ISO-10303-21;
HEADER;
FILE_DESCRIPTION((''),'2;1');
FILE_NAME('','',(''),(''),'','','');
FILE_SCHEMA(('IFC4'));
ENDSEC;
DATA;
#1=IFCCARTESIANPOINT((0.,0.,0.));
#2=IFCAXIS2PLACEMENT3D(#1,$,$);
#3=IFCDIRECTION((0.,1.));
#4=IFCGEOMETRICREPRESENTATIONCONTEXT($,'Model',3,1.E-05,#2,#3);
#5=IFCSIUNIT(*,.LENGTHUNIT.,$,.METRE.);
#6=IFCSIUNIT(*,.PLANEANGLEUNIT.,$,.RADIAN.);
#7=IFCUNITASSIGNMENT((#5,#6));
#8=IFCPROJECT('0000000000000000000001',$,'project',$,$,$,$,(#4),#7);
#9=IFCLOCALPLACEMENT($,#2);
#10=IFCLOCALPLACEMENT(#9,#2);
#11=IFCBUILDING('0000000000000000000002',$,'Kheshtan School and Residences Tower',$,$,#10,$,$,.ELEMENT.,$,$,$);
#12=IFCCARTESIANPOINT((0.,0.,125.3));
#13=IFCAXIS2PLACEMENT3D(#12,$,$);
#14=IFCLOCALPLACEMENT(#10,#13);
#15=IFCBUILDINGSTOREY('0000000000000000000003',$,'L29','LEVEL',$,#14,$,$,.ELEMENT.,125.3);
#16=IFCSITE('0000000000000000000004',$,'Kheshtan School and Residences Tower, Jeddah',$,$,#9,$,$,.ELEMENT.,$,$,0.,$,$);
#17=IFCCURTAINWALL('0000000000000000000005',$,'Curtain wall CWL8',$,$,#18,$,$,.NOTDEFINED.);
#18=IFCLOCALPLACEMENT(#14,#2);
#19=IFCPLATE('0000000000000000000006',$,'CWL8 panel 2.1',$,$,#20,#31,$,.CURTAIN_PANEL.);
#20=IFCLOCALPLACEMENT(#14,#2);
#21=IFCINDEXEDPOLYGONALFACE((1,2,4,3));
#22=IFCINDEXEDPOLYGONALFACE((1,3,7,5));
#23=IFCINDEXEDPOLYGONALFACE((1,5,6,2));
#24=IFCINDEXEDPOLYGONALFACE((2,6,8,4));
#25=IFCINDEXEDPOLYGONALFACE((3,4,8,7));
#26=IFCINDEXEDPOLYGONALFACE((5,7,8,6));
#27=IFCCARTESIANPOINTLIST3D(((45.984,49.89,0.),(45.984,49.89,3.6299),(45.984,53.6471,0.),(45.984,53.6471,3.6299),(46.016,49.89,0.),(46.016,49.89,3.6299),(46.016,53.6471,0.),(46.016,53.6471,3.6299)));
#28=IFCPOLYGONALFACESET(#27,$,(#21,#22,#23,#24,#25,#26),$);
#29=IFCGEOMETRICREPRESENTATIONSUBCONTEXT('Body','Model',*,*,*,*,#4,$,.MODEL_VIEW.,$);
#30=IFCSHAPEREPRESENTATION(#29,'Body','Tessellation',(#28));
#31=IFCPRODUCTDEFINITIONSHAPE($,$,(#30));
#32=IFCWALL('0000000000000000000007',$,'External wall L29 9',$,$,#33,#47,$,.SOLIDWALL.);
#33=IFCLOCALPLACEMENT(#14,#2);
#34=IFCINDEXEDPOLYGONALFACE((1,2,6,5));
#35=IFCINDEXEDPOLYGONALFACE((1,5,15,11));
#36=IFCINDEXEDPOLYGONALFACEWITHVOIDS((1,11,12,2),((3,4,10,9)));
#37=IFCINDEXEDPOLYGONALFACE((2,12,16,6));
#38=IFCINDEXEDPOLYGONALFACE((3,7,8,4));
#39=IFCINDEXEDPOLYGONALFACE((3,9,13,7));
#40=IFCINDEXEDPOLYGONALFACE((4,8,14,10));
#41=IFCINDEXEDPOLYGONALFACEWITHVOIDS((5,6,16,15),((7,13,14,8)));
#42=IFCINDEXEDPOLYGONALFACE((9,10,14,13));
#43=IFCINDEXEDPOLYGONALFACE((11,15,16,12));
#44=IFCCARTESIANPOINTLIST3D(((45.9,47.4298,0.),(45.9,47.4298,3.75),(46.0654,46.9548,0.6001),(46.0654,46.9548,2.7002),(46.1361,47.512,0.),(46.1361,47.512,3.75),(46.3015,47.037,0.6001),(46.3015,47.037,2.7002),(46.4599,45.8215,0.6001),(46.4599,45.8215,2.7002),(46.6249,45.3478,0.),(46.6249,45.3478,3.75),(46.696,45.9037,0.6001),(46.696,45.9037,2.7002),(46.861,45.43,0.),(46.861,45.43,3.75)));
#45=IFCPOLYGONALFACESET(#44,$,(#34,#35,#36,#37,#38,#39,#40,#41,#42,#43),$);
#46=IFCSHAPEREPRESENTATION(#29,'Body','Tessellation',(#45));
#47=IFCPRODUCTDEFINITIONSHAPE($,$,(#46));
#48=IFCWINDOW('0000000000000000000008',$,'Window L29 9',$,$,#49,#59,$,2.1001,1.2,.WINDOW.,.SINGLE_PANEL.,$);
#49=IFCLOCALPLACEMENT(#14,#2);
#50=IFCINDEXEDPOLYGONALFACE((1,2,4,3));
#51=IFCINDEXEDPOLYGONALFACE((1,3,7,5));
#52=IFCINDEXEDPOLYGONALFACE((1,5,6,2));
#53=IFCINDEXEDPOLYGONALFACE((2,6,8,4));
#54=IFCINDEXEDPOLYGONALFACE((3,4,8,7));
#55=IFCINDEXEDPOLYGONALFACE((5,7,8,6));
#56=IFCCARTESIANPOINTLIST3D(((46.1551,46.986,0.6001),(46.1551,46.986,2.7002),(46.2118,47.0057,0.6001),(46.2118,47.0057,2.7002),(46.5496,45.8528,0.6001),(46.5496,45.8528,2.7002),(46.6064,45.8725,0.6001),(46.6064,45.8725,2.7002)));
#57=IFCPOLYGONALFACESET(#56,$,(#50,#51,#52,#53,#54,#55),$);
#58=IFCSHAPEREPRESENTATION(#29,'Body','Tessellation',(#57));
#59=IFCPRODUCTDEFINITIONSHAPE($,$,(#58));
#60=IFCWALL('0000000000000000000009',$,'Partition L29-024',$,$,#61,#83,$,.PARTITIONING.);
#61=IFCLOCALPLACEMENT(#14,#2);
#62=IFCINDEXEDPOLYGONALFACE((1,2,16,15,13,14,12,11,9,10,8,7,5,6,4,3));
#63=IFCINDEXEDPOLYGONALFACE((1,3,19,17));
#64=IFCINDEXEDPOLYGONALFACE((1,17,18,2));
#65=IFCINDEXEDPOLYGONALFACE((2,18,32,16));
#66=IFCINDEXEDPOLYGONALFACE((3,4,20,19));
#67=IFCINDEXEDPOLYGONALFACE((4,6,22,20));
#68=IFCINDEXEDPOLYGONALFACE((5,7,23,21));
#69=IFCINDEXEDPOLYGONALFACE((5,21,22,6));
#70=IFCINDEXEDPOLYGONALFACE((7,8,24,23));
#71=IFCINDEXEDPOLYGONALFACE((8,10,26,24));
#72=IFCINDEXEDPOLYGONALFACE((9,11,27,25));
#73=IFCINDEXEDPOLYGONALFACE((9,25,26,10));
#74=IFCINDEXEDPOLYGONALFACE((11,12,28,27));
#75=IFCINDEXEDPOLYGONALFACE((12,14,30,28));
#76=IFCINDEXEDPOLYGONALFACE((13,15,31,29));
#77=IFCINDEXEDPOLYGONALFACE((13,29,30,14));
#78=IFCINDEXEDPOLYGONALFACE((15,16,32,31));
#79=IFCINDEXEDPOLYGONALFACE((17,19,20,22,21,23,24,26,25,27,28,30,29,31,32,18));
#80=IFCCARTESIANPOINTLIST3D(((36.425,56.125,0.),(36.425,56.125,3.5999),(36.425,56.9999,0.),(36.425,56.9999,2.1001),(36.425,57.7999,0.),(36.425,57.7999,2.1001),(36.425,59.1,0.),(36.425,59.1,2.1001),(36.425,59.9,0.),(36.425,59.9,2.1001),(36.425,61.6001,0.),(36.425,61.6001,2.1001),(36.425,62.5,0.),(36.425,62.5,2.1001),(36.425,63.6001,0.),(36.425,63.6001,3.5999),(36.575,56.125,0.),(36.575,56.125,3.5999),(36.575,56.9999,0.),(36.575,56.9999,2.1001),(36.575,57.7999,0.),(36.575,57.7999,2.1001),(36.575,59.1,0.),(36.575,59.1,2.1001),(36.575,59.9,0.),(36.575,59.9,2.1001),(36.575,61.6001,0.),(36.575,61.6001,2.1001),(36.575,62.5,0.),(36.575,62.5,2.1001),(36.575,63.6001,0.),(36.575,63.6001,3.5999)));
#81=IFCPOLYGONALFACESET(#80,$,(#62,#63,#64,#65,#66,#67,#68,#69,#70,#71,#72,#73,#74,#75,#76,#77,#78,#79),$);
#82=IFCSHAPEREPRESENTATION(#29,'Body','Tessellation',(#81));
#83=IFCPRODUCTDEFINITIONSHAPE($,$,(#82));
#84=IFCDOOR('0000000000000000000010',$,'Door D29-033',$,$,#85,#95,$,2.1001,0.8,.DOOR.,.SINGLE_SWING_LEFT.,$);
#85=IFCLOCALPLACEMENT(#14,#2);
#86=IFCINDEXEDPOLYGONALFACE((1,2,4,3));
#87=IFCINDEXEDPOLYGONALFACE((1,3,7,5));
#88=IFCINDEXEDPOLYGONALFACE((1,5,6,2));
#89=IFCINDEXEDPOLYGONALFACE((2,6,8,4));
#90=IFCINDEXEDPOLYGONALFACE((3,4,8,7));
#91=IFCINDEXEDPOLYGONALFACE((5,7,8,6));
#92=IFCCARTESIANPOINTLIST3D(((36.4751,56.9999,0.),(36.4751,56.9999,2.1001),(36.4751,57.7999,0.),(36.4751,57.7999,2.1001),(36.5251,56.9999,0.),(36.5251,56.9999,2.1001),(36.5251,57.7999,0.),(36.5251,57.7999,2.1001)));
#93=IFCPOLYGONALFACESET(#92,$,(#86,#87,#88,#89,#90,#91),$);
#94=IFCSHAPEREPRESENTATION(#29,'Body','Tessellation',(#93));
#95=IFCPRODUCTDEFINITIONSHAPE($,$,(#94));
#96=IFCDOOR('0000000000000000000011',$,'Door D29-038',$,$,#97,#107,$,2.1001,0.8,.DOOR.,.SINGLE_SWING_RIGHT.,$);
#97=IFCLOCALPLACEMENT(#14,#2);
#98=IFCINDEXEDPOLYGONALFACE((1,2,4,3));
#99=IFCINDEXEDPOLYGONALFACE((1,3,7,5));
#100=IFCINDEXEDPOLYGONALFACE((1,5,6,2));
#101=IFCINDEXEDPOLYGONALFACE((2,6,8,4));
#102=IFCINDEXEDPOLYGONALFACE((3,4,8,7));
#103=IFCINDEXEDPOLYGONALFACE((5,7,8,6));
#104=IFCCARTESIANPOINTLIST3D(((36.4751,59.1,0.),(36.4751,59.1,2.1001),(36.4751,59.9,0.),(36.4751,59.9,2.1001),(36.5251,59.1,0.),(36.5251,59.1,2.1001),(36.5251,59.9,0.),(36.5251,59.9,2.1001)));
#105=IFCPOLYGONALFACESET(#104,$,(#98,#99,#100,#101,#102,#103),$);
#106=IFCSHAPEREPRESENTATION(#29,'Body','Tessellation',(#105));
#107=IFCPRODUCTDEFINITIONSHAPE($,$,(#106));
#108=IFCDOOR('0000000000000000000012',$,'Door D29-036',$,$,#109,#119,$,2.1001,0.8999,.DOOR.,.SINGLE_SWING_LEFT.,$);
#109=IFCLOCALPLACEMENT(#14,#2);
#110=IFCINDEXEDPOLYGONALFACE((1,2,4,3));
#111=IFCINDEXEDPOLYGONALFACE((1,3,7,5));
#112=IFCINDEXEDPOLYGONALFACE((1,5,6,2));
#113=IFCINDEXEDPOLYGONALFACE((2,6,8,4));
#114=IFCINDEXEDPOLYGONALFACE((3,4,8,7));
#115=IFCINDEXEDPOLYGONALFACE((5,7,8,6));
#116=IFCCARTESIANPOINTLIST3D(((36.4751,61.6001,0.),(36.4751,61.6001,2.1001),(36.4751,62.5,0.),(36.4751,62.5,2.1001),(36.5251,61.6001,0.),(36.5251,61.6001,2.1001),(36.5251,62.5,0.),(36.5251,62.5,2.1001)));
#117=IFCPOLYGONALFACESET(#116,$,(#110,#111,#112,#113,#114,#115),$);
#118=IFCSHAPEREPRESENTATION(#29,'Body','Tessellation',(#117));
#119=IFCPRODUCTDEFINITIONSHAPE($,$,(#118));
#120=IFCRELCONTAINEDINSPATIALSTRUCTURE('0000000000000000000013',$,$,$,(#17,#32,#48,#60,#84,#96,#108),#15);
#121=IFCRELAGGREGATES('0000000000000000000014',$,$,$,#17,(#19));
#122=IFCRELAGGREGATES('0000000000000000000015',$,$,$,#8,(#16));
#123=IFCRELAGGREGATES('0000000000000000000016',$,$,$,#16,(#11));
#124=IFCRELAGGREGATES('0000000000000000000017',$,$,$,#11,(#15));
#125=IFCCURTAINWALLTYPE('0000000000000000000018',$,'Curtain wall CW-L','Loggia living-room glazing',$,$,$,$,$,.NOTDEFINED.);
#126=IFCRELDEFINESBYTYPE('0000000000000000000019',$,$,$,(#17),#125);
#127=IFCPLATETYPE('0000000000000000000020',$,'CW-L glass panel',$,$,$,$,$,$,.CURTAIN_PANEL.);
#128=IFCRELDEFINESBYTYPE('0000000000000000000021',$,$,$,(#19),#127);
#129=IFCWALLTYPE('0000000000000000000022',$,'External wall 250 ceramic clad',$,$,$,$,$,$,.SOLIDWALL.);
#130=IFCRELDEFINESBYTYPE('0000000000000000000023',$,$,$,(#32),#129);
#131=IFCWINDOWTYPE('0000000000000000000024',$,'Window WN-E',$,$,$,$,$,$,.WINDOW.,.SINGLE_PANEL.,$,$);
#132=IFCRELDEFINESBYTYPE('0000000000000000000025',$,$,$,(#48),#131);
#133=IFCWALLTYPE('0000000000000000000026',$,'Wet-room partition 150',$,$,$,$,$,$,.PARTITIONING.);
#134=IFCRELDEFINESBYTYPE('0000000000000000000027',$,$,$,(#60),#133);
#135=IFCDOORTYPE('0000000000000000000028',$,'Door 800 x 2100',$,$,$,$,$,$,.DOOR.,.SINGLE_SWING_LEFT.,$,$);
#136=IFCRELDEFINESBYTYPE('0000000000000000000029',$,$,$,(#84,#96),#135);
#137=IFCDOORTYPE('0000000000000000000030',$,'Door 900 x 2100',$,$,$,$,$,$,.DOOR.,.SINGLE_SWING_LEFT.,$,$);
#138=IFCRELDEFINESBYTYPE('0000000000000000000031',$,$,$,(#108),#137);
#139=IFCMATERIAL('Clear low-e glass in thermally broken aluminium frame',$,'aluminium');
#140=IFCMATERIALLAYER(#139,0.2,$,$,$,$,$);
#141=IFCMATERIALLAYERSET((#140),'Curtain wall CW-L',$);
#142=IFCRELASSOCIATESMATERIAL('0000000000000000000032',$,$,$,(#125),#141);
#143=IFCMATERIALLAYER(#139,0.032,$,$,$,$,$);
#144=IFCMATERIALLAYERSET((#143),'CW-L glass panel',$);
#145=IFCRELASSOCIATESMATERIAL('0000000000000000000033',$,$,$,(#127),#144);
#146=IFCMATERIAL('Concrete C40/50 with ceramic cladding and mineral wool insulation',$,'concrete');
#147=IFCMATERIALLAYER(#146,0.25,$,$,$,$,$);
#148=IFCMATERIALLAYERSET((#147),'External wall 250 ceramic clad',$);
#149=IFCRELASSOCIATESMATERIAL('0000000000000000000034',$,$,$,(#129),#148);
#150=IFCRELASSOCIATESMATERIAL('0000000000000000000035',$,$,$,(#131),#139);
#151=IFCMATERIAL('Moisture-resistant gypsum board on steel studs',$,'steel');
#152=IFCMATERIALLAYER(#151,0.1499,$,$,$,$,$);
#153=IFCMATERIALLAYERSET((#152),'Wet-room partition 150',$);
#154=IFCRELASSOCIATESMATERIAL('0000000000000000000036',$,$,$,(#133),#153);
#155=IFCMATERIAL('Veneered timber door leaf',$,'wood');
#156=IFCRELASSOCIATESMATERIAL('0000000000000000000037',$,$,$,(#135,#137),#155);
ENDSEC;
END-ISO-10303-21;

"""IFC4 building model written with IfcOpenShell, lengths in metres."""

from ifc_helpers import new_model, si_unit, direction, frame, frame_2d, origin, origin_2d, place, context, subcontext, project, spatial, rectangle, extrude, source, transform, mapped, material, layer, layer_set, type_object, element, fill, aggregate, save


model = new_model("IFC4")

# Units and contexts
model_context = context("Model", 3, precision=1e-05, world=origin(), true_north=direction((0.0, 1.0)))
body_context = subcontext(model_context, "Body", "Model", "MODEL_VIEW")
ifc_project = project(units=[si_unit("LENGTHUNIT", "METRE"), si_unit("PLANEANGLEUNIT", "RADIAN")], contexts=[model_context])

# Site, building, storey
site_placement = place(None, origin())
site = spatial("IfcSite", under=ifc_project, at=site_placement, Name="Kheshtan School and Residences Tower, Jeddah", CompositionType="ELEMENT", RefElevation=0.0)
building_placement = place(site_placement, origin())
building = spatial("IfcBuilding", under=site, at=building_placement, Name="Kheshtan School and Residences Tower", CompositionType="ELEMENT")
storey_placement = place(building_placement, frame((0.0, 0.0, 125.3)))
storey = spatial("IfcBuildingStorey", under=building, at=storey_placement, Name="L29", Description="LEVEL", CompositionType="ELEMENT", Elevation=125.3)

# Curtain wall, plate
ifc_material_1 = material(Name="Clear low-e glass in thermally broken aluminium frame", Category="aluminium")
ifc_layer_1 = layer(ifc_material_1, 0.2)
ifc_layer_set_1 = layer_set([ifc_layer_1], Name="Curtain wall CW-L")
curtain_wall_type = type_object("IfcCurtainWallType", Name="Curtain wall CW-L", Description="Loggia living-room glazing", PredefinedType="NOTDEFINED", material=ifc_layer_set_1)
curtain_wall_placement = place(storey_placement, origin())
curtain_wall = element("IfcCurtainWall", 1, at=curtain_wall_placement, inside=storey, type_object=curtain_wall_type, Name="Curtain wall CWL8", PredefinedType="NOTDEFINED")
ifc_layer_2 = layer(ifc_material_1, 0.032)
ifc_layer_set_2 = layer_set([ifc_layer_2], Name="CW-L glass panel")
plate_type = type_object("IfcPlateType", Name="CW-L glass panel", PredefinedType="CURTAIN_PANEL", material=ifc_layer_set_2)
plate_1_placement = place(storey_placement, frame((46.0, 51.7686, 0.0), z_axis=(0.0, 0.0, 1.0), x_axis=(0.0, -1.0, 0.0)))
plate_1 = element("IfcPlate", 2, at=plate_1_placement, type_object=plate_type, Name="CWL8 panel 2.1", PredefinedType="CURTAIN_PANEL", context=body_context, shape_type="SweptSolid", body=[
    extrude(rectangle(XDim=3.7571, YDim=0.032, at=origin_2d()), origin(), (0.0, 0.0, 1.0), 3.6299),
])
aggregate(curtain_wall, [plate_1])

# Wall, opening, window
ifc_material_2 = material(Name="Concrete C40/50 with ceramic cladding and mineral wool insulation", Category="concrete")
ifc_layer_3 = layer(ifc_material_2, 0.25)
ifc_layer_set_3 = layer_set([ifc_layer_3], Name="External wall 250 ceramic clad")
wall_type_1 = type_object("IfcWallType", Name="External wall 250 ceramic clad", PredefinedType="SOLIDWALL", material=ifc_layer_set_3)
wall_1_placement = place(storey_placement, frame((46.0181, 47.4709, 0.0), z_axis=(0.0, 0.0, 1.0), x_axis=(0.328791, -0.944403, 0.0)))
wall_1 = element("IfcWall", 3, at=wall_1_placement, inside=storey, type_object=wall_type_1, Name="External wall L29 9", PredefinedType="SOLIDWALL", context=body_context, shape_type="SweptSolid", body=[
    extrude(rectangle(XDim=2.2046, YDim=0.25, at=frame_2d((1.1023, 0.0))), origin(), (0.0, 0.0, 1.0), 3.75),
])
opening_1_placement = place(wall_1_placement, frame((0.5029, 0.0, 0.6001)))
opening_1 = element("IfcOpeningElement", 4, at=opening_1_placement, cuts=wall_1, PredefinedType="OPENING", context=body_context, shape_type="SweptSolid", body=[
    extrude(rectangle(XDim=1.2, YDim=2.1001, at=frame_2d((0.6001, 1.05))), frame((0.0, 0.135, 0.0), z_axis=(0.0, -1.0, 0.0), x_axis=(1.0, 0.0, 0.0)), (0.0, 0.0, 1.0), 0.27),
])
window_type = type_object("IfcWindowType", Name="Window WN-E", PartitioningType="SINGLE_PANEL", PredefinedType="WINDOW", material=ifc_material_1)
shared_shape_1 = source(origin(), body_context, "Body", "SweptSolid", [
    extrude(rectangle(XDim=1.2, YDim=2.1001, at=frame_2d((0.6001, 1.05))), frame((0.0, 0.03, 0.0), z_axis=(0.0, -1.0, 0.0), x_axis=(1.0, 0.0, 0.0)), (0.0, 0.0, 1.0), 0.0601),
])
window_placement = place(opening_1_placement, origin())
window = element("IfcWindow", 5, at=window_placement, inside=storey, type_object=window_type, Name="Window L29 9", OverallHeight=2.1001, OverallWidth=1.2, PartitioningType="SINGLE_PANEL", PredefinedType="WINDOW", context=body_context, shape_type="MappedRepresentation", body=[
    mapped(shared_shape_1, transform((0.0, 0.0, 0.0), x_axis=(1.0, 0.0, 0.0), y_axis=(0.0, 1.0, 0.0), z_axis=(0.0, 0.0, 1.0), scale=1.0)),
])
fill(opening_1, window)

# Wall, openings, doors
ifc_material_3 = material(Name="Moisture-resistant gypsum board on steel studs", Category="steel")
ifc_layer_4 = layer(ifc_material_3, 0.1499)
ifc_layer_set_4 = layer_set([ifc_layer_4], Name="Wet-room partition 150")
wall_type_2 = type_object("IfcWallType", Name="Wet-room partition 150", PredefinedType="PARTITIONING", material=ifc_layer_set_4)
wall_2_placement = place(storey_placement, frame((36.5, 56.125, 0.0), z_axis=(0.0, 0.0, 1.0), x_axis=(0.0, 1.0, 0.0)))
wall_2 = element("IfcWall", 6, at=wall_2_placement, inside=storey, type_object=wall_type_2, Name="Partition L29-024", PredefinedType="PARTITIONING", context=body_context, shape_type="SweptSolid", body=[
    extrude(rectangle(XDim=7.4751, YDim=0.1499, at=frame_2d((3.7375, 0.0))), origin(), (0.0, 0.0, 1.0), 3.5999),
])
opening_2_placement = place(wall_2_placement, frame((0.875, 0.0, 0.0)))
opening_2 = element("IfcOpeningElement", 7, at=opening_2_placement, cuts=wall_2, PredefinedType="OPENING", context=body_context, shape_type="SweptSolid", body=[
    extrude(rectangle(XDim=0.8, YDim=2.1001, at=frame_2d((0.3999, 1.05))), frame((0.0, 0.085, 0.0), z_axis=(0.0, -1.0, 0.0), x_axis=(1.0, 0.0, 0.0)), (0.0, 0.0, 1.0), 0.1699),
])
opening_3_placement = place(wall_2_placement, frame((5.4751, 0.0, 0.0)))
opening_3 = element("IfcOpeningElement", 8, at=opening_3_placement, cuts=wall_2, PredefinedType="OPENING", context=body_context, shape_type="SweptSolid", body=[
    extrude(rectangle(XDim=0.8999, YDim=2.1001, at=frame_2d((0.45, 1.05))), frame((0.0, 0.085, 0.0), z_axis=(0.0, -1.0, 0.0), x_axis=(1.0, 0.0, 0.0)), (0.0, 0.0, 1.0), 0.1699),
])
opening_4_placement = place(wall_2_placement, frame((2.9751, 0.0, 0.0)))
opening_4 = element("IfcOpeningElement", 9, at=opening_4_placement, cuts=wall_2, PredefinedType="OPENING", context=body_context, shape_type="SweptSolid", body=[
    extrude(rectangle(XDim=0.8, YDim=2.1001, at=frame_2d((0.3999, 1.05))), frame((0.0, 0.085, 0.0), z_axis=(0.0, -1.0, 0.0), x_axis=(1.0, 0.0, 0.0)), (0.0, 0.0, 1.0), 0.1699),
])
ifc_material_4 = material(Name="Veneered timber door leaf", Category="wood")
door_type_1 = type_object("IfcDoorType", Name="Door 800 x 2100", OperationType="SINGLE_SWING_LEFT", PredefinedType="DOOR", material=ifc_material_4)
shared_shape_2 = source(origin(), body_context, "Body", "SweptSolid", [
    extrude(rectangle(XDim=0.8, YDim=2.1001, at=frame_2d((0.3999, 1.05))), frame((0.0, 0.0249, 0.0), z_axis=(0.0, -1.0, 0.0), x_axis=(1.0, 0.0, 0.0)), (0.0, 0.0, 1.0), 0.05),
])
door_1_placement = place(opening_2_placement, origin())
door_1 = element("IfcDoor", 10, at=door_1_placement, inside=storey, type_object=door_type_1, Name="Door D29-033", OperationType="SINGLE_SWING_LEFT", OverallHeight=2.1001, OverallWidth=0.8, PredefinedType="DOOR", context=body_context, shape_type="MappedRepresentation", body=[
    mapped(shared_shape_2, transform((0.0, 0.0, 0.0), x_axis=(1.0, 0.0, 0.0), y_axis=(0.0, 1.0, 0.0), z_axis=(0.0, 0.0, 1.0), scale=1.0)),
])
fill(opening_2, door_1)
door_2_placement = place(opening_4_placement, origin())
door_2 = element("IfcDoor", 11, at=door_2_placement, inside=storey, type_object=door_type_1, Name="Door D29-038", OperationType="SINGLE_SWING_RIGHT", OverallHeight=2.1001, OverallWidth=0.8, PredefinedType="DOOR", context=body_context, shape_type="MappedRepresentation", body=[
    mapped(shared_shape_2, transform((0.0, 0.0, 0.0), x_axis=(1.0, 0.0, 0.0), y_axis=(0.0, 1.0, 0.0), z_axis=(0.0, 0.0, 1.0), scale=1.0)),
])
fill(opening_4, door_2)
door_type_2 = type_object("IfcDoorType", Name="Door 900 x 2100", OperationType="SINGLE_SWING_LEFT", PredefinedType="DOOR", material=ifc_material_4)
shared_shape_3 = source(origin(), body_context, "Body", "SweptSolid", [
    extrude(rectangle(XDim=0.8999, YDim=2.1001, at=frame_2d((0.45, 1.05))), frame((0.0, 0.0249, 0.0), z_axis=(0.0, -1.0, 0.0), x_axis=(1.0, 0.0, 0.0)), (0.0, 0.0, 1.0), 0.05),
])
door_3_placement = place(opening_3_placement, origin())
door_3 = element("IfcDoor", 12, at=door_3_placement, inside=storey, type_object=door_type_2, Name="Door D29-036", OperationType="SINGLE_SWING_LEFT", OverallHeight=2.1001, OverallWidth=0.8999, PredefinedType="DOOR", context=body_context, shape_type="MappedRepresentation", body=[
    mapped(shared_shape_3, transform((0.0, 0.0, 0.0), x_axis=(1.0, 0.0, 0.0), y_axis=(0.0, 1.0, 0.0), z_axis=(0.0, 0.0, 1.0), scale=1.0)),
])
fill(opening_3, door_3)

save(model, "model.ifc")
